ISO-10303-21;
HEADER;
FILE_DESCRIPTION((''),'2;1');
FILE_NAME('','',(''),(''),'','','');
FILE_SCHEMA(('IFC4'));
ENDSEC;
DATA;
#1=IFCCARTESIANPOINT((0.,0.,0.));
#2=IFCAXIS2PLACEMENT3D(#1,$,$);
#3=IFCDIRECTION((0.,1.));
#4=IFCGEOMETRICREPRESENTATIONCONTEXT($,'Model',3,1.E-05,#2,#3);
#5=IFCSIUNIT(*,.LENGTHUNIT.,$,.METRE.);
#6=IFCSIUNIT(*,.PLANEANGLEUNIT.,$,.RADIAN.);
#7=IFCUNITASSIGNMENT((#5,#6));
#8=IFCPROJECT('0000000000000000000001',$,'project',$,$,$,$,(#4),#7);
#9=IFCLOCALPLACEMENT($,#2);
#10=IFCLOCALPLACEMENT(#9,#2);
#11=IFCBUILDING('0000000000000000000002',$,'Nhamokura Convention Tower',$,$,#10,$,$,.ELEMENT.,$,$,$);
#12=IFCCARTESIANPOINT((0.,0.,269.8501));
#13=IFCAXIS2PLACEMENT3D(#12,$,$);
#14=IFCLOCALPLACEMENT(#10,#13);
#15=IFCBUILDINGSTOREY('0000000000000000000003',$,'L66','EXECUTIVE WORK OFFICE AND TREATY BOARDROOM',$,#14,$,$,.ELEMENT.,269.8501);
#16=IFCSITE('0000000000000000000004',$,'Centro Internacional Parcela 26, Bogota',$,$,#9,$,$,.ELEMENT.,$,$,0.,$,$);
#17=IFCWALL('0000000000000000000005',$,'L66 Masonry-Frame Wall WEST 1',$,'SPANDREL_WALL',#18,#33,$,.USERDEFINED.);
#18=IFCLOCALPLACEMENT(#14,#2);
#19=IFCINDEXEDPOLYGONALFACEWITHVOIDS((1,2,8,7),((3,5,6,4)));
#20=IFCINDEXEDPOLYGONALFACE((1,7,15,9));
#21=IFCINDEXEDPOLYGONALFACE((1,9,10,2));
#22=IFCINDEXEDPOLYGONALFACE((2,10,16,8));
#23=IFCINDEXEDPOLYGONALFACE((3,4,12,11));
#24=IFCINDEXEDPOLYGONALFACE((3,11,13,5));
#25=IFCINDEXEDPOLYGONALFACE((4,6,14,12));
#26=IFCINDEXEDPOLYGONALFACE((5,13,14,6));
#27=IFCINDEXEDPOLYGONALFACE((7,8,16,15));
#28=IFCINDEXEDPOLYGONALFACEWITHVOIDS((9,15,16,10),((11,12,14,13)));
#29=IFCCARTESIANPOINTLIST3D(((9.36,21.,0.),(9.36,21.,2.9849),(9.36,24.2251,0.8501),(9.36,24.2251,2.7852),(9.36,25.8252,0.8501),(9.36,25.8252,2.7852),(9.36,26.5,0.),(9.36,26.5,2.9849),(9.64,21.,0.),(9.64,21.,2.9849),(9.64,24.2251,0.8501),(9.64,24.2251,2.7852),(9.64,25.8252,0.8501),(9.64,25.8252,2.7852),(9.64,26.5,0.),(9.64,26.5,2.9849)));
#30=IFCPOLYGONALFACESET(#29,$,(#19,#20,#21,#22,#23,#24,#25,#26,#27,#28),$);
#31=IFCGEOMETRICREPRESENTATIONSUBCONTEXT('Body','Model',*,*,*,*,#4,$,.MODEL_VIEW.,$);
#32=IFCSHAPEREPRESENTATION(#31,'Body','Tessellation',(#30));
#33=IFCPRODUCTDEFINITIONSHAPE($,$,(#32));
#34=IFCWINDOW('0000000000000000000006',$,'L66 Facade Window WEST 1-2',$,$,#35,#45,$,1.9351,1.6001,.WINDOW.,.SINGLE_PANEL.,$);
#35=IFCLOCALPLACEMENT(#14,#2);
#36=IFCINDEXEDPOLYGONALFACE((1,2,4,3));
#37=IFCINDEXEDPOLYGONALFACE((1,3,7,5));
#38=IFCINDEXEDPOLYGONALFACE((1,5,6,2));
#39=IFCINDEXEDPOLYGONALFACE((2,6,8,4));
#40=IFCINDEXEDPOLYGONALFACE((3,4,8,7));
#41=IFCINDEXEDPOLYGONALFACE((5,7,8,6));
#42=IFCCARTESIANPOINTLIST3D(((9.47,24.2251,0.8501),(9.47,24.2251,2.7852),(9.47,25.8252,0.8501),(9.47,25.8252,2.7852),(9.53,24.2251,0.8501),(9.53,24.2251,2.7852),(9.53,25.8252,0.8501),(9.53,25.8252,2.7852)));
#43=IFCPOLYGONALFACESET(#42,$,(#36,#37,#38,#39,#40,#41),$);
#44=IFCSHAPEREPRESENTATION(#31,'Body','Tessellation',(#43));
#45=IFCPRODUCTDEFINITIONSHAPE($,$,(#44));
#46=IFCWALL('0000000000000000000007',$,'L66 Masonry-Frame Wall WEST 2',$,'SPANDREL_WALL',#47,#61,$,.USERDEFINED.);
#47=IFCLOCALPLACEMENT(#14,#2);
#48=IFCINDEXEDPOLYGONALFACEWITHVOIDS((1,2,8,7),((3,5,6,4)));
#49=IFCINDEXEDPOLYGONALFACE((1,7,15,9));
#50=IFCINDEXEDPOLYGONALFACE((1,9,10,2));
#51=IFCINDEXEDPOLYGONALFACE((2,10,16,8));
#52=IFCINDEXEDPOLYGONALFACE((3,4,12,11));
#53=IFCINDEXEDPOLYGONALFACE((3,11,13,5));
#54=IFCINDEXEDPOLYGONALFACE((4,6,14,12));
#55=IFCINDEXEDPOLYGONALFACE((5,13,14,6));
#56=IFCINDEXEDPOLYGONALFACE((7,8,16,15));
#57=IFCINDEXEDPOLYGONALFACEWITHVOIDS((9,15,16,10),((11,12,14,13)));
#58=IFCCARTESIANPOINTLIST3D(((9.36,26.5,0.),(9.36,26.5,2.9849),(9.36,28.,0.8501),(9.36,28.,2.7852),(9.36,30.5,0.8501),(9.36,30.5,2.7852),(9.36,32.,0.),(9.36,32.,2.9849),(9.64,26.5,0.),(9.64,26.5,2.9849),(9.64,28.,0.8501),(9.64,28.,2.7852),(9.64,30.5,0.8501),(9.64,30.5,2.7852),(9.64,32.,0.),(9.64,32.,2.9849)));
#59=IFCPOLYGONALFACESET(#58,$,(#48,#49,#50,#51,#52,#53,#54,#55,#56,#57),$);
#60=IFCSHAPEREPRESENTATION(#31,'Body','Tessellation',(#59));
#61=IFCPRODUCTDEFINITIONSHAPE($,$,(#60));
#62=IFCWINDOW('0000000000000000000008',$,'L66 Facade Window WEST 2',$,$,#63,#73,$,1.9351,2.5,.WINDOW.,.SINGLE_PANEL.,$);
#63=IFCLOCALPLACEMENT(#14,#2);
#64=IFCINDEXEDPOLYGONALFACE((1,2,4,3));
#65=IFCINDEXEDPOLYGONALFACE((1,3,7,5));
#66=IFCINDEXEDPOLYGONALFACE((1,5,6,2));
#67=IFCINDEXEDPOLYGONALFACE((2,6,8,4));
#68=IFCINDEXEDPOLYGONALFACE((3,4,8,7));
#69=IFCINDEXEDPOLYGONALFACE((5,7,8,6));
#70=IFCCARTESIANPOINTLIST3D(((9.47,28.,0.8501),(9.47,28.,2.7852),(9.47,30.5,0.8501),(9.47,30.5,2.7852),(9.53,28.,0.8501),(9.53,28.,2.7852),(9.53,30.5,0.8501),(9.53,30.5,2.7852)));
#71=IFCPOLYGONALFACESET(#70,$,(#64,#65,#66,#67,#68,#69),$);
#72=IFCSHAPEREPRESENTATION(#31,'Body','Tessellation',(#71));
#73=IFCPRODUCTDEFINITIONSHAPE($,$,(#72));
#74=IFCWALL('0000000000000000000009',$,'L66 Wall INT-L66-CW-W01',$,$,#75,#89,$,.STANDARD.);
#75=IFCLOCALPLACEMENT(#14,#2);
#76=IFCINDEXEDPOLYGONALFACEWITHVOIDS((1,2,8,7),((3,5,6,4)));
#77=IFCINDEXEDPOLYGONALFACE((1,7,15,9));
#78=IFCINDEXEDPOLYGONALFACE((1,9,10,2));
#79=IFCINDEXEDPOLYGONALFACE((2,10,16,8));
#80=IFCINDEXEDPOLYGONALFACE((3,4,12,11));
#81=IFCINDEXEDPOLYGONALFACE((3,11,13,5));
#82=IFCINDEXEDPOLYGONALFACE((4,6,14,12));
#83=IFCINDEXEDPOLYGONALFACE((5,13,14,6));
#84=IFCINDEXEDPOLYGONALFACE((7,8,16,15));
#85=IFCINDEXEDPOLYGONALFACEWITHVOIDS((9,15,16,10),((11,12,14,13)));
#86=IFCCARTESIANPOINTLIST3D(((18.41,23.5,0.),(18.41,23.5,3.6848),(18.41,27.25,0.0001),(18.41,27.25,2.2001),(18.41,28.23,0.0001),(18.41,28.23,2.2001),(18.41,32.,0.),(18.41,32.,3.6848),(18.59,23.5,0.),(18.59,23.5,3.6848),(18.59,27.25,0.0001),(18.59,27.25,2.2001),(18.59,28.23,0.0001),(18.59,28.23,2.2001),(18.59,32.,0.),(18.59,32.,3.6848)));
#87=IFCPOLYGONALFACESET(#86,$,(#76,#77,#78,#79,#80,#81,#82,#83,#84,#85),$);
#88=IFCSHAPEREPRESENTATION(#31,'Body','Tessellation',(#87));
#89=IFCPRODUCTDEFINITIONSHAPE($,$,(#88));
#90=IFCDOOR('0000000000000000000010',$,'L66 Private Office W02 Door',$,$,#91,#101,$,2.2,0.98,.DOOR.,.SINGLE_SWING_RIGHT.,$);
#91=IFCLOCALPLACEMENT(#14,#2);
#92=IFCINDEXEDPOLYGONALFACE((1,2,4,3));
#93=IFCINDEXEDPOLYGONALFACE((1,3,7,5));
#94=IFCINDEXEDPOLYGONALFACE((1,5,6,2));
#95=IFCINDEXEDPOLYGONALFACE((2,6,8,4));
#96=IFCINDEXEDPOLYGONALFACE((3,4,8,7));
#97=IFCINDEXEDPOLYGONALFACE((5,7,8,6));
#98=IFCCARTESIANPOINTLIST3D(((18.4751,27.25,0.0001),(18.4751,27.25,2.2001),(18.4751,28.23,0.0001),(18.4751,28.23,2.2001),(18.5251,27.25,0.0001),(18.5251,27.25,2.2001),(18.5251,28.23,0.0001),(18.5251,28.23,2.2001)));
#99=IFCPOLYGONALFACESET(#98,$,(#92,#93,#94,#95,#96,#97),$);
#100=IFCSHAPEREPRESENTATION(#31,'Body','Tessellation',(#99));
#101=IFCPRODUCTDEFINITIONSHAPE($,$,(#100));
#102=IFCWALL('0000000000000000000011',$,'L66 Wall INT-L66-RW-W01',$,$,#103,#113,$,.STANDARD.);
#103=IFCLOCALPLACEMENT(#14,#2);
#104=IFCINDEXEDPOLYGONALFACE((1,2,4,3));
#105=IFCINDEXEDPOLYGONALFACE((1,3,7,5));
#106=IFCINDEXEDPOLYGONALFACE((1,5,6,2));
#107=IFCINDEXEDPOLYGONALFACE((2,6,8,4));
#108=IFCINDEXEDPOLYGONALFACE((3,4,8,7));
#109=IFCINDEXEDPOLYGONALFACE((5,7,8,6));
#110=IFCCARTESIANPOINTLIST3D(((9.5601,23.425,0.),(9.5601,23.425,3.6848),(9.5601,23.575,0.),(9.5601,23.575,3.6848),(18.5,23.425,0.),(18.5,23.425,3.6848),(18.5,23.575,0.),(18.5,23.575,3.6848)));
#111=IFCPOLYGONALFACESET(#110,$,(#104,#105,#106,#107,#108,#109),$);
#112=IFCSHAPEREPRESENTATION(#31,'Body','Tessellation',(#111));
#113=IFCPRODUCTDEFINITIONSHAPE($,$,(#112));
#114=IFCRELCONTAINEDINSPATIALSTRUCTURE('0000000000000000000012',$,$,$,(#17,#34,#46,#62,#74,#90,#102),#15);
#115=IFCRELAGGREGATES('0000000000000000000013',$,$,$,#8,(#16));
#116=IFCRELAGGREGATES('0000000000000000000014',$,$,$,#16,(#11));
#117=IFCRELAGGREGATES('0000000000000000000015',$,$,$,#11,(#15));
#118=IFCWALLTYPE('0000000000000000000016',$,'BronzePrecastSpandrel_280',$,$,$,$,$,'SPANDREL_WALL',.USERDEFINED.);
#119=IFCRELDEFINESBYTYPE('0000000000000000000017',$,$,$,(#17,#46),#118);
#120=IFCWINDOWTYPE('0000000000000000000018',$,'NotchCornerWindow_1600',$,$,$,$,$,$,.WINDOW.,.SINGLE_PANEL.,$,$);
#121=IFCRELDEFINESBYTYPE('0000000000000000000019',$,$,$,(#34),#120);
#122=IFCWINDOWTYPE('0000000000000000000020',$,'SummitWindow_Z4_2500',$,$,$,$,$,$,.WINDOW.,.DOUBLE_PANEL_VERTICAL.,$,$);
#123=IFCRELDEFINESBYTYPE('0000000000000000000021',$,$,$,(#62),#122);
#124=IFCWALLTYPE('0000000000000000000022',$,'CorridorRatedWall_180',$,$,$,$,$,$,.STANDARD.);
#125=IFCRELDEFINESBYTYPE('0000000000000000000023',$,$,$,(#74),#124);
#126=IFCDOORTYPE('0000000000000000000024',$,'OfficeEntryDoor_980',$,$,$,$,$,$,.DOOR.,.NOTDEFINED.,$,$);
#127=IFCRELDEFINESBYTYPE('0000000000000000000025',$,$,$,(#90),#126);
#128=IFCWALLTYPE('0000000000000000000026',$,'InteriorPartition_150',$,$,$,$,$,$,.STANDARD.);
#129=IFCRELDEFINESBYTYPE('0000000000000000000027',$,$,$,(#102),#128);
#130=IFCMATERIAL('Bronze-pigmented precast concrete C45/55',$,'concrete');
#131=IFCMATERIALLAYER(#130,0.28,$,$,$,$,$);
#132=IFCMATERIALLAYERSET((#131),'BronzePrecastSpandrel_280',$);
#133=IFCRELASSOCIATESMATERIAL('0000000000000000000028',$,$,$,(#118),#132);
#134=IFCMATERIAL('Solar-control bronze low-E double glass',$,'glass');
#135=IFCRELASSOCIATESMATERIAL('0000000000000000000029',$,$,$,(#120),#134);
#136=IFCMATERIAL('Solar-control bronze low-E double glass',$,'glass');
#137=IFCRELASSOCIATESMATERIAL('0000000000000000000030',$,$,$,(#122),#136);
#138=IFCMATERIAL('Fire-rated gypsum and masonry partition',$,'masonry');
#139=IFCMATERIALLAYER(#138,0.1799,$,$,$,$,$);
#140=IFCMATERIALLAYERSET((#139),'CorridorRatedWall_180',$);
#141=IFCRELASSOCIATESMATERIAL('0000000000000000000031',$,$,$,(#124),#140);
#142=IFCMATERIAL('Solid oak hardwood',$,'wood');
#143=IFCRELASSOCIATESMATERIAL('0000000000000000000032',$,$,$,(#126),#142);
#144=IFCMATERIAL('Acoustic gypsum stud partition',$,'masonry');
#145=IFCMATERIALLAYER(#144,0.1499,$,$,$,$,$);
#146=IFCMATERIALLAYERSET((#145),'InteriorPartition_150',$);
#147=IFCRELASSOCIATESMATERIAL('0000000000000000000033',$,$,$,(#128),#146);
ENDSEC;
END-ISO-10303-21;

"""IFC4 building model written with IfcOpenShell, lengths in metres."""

from ifc_helpers import new_model, si_unit, direction, frame, frame_2d, origin, place, context, subcontext, project, spatial, rectangle, extrude, material, layer, layer_set, type_object, element, fill, save


model = new_model("IFC4")

# Units and contexts
model_context = context("Model", 3, precision=1e-05, world=origin(), true_north=direction((0.0, 1.0)))
body_context = subcontext(model_context, "Body", "Model", "MODEL_VIEW")
ifc_project = project(units=[si_unit("LENGTHUNIT", "METRE"), si_unit("PLANEANGLEUNIT", "RADIAN")], contexts=[model_context])

# Site, building, storey
site_placement = place(None, origin())
site = spatial("IfcSite", under=ifc_project, at=site_placement, Name="Centro Internacional Parcela 26, Bogota", CompositionType="ELEMENT", RefElevation=0.0)
building_placement = place(site_placement, origin())
building = spatial("IfcBuilding", under=site, at=building_placement, Name="Nhamokura Convention Tower", CompositionType="ELEMENT")
storey_placement = place(building_placement, frame((0.0, 0.0, 269.8501)))
storey = spatial("IfcBuildingStorey", under=building, at=storey_placement, Name="L66", Description="EXECUTIVE WORK OFFICE AND TREATY BOARDROOM", CompositionType="ELEMENT", Elevation=269.8501)

# Walls, openings, windows
ifc_material_1 = material(Name="Bronze-pigmented precast concrete C45/55", Category="concrete")
ifc_layer_1 = layer(ifc_material_1, 0.28)
ifc_layer_set_1 = layer_set([ifc_layer_1], Name="BronzePrecastSpandrel_280")
wall_type_1 = type_object("IfcWallType", Name="BronzePrecastSpandrel_280", ElementType="SPANDREL_WALL", PredefinedType="USERDEFINED", material=ifc_layer_set_1)
wall_1_placement = place(storey_placement, frame((9.5, 21.0, 0.0), z_axis=(0.0, 0.0, 1.0), x_axis=(0.0, 1.0, 0.0)))
wall_1 = element("IfcWall", 1, at=wall_1_placement, inside=storey, type_object=wall_type_1, Name="L66 Masonry-Frame Wall WEST 1", ObjectType="SPANDREL_WALL", PredefinedType="USERDEFINED", context=body_context, shape_type="SweptSolid", body=[
    extrude(rectangle(XDim=5.5, YDim=0.28, at=frame_2d((2.75, 0.0))), origin(), (0.0, 0.0, 1.0), 2.9849),
])
opening_1_placement = place(wall_1_placement, frame((3.2251, 0.0, 0.8501)))
opening_1 = element("IfcOpeningElement", 2, at=opening_1_placement, cuts=wall_1, PredefinedType="OPENING", context=body_context, shape_type="SweptSolid", body=[
    extrude(rectangle(XDim=1.6001, YDim=1.9351, at=frame_2d((0.8, 0.9675))), frame((0.0, 0.1499, 0.0), z_axis=(0.0, -1.0, 0.0), x_axis=(1.0, 0.0, 0.0)), (0.0, 0.0, 1.0), 0.3),
])
ifc_material_2 = material(Name="Solar-control bronze low-E double glass", Category="glass")
window_type_1 = type_object("IfcWindowType", Name="NotchCornerWindow_1600", PartitioningType="SINGLE_PANEL", PredefinedType="WINDOW", material=ifc_material_2)
window_1_placement = place(opening_1_placement, origin())
window_1 = element("IfcWindow", 3, at=window_1_placement, inside=storey, type_object=window_type_1, Name="L66 Facade Window WEST 1-2", OverallHeight=1.9351, OverallWidth=1.6001, PartitioningType="SINGLE_PANEL", PredefinedType="WINDOW", context=body_context, shape_type="SweptSolid", body=[
    extrude(rectangle(XDim=1.6001, YDim=1.9351, at=frame_2d((0.8, 0.9675))), frame((0.0, 0.03, 0.0), z_axis=(0.0, -1.0, 0.0), x_axis=(1.0, 0.0, 0.0)), (0.0, 0.0, 1.0), 0.0601),
])
fill(opening_1, window_1)
wall_2_placement = place(storey_placement, frame((9.5, 26.5, 0.0), z_axis=(0.0, 0.0, 1.0), x_axis=(0.0, 1.0, 0.0)))
wall_2 = element("IfcWall", 4, at=wall_2_placement, inside=storey, type_object=wall_type_1, Name="L66 Masonry-Frame Wall WEST 2", ObjectType="SPANDREL_WALL", PredefinedType="USERDEFINED", context=body_context, shape_type="SweptSolid", body=[
    extrude(rectangle(XDim=5.5, YDim=0.28, at=frame_2d((2.75, 0.0))), origin(), (0.0, 0.0, 1.0), 2.9849),
])
opening_2_placement = place(wall_2_placement, frame((1.5, 0.0, 0.8501)))
opening_2 = element("IfcOpeningElement", 5, at=opening_2_placement, cuts=wall_2, PredefinedType="OPENING", context=body_context, shape_type="SweptSolid", body=[
    extrude(rectangle(XDim=2.5, YDim=1.9351, at=frame_2d((1.25, 0.9675))), frame((0.0, 0.1499, 0.0), z_axis=(0.0, -1.0, 0.0), x_axis=(1.0, 0.0, 0.0)), (0.0, 0.0, 1.0), 0.3),
])
ifc_material_3 = material(Name="Solar-control bronze low-E double glass", Category="glass")
window_type_2 = type_object("IfcWindowType", Name="SummitWindow_Z4_2500", PartitioningType="DOUBLE_PANEL_VERTICAL", PredefinedType="WINDOW", material=ifc_material_3)
window_2_placement = place(opening_2_placement, origin())
window_2 = element("IfcWindow", 6, at=window_2_placement, inside=storey, type_object=window_type_2, Name="L66 Facade Window WEST 2", OverallHeight=1.9351, OverallWidth=2.5, PartitioningType="SINGLE_PANEL", PredefinedType="WINDOW", context=body_context, shape_type="SweptSolid", body=[
    extrude(rectangle(XDim=2.5, YDim=1.9351, at=frame_2d((1.25, 0.9675))), frame((0.0, 0.03, 0.0), z_axis=(0.0, -1.0, 0.0), x_axis=(1.0, 0.0, 0.0)), (0.0, 0.0, 1.0), 0.0601),
])
fill(opening_2, window_2)

# Wall, opening, door
ifc_material_4 = material(Name="Fire-rated gypsum and masonry partition", Category="masonry")
ifc_layer_2 = layer(ifc_material_4, 0.1799)
ifc_layer_set_2 = layer_set([ifc_layer_2], Name="CorridorRatedWall_180")
wall_type_2 = type_object("IfcWallType", Name="CorridorRatedWall_180", PredefinedType="STANDARD", material=ifc_layer_set_2)
wall_3_placement = place(storey_placement, frame((18.5, 23.5, 0.0), z_axis=(0.0, 0.0, 1.0), x_axis=(0.0, 1.0, 0.0)))
wall_3 = element("IfcWall", 7, at=wall_3_placement, inside=storey, type_object=wall_type_2, Name="L66 Wall INT-L66-CW-W01", PredefinedType="STANDARD", context=body_context, shape_type="SweptSolid", body=[
    extrude(rectangle(XDim=8.5, YDim=0.1799, at=frame_2d((4.25, 0.0))), origin(), (0.0, 0.0, 1.0), 3.6848),
])
opening_3_placement = place(wall_3_placement, frame((3.75, 0.0, 0.0)))
opening_3 = element("IfcOpeningElement", 8, at=opening_3_placement, cuts=wall_3, PredefinedType="OPENING", context=body_context, shape_type="SweptSolid", body=[
    extrude(rectangle(XDim=0.98, YDim=2.2, at=frame_2d((0.49, 1.1001))), frame((0.0, 0.0999, 0.0), z_axis=(0.0, -1.0, 0.0), x_axis=(1.0, 0.0, 0.0)), (0.0, 0.0, 1.0), 0.2),
])
ifc_material_5 = material(Name="Solid oak hardwood", Category="wood")
door_type = type_object("IfcDoorType", Name="OfficeEntryDoor_980", OperationType="NOTDEFINED", PredefinedType="DOOR", material=ifc_material_5)
door_placement = place(opening_3_placement, origin())
door = element("IfcDoor", 9, at=door_placement, inside=storey, type_object=door_type, Name="L66 Private Office W02 Door", OperationType="SINGLE_SWING_RIGHT", OverallHeight=2.2, OverallWidth=0.98, PredefinedType="DOOR", context=body_context, shape_type="SweptSolid", body=[
    extrude(rectangle(XDim=0.98, YDim=2.2, at=frame_2d((0.49, 1.1001))), frame((0.0, 0.0249, 0.0), z_axis=(0.0, -1.0, 0.0), x_axis=(1.0, 0.0, 0.0)), (0.0, 0.0, 1.0), 0.05),
])
fill(opening_3, door)

# Wall
ifc_material_6 = material(Name="Acoustic gypsum stud partition", Category="masonry")
ifc_layer_3 = layer(ifc_material_6, 0.1499)
ifc_layer_set_3 = layer_set([ifc_layer_3], Name="InteriorPartition_150")
wall_type_3 = type_object("IfcWallType", Name="InteriorPartition_150", PredefinedType="STANDARD", material=ifc_layer_set_3)
wall_4_placement = place(storey_placement, frame((9.5601, 23.5, 0.0), z_axis=(0.0, 0.0, 1.0), x_axis=(1.0, 0.0, 0.0)))
element("IfcWall", 10, at=wall_4_placement, inside=storey, type_object=wall_type_3, Name="L66 Wall INT-L66-RW-W01", PredefinedType="STANDARD", context=body_context, shape_type="SweptSolid", body=[
    extrude(rectangle(XDim=8.9399, YDim=0.1499, at=frame_2d((4.47, 0.0))), origin(), (0.0, 0.0, 1.0), 3.6848),
])

save(model, "model.ifc")
